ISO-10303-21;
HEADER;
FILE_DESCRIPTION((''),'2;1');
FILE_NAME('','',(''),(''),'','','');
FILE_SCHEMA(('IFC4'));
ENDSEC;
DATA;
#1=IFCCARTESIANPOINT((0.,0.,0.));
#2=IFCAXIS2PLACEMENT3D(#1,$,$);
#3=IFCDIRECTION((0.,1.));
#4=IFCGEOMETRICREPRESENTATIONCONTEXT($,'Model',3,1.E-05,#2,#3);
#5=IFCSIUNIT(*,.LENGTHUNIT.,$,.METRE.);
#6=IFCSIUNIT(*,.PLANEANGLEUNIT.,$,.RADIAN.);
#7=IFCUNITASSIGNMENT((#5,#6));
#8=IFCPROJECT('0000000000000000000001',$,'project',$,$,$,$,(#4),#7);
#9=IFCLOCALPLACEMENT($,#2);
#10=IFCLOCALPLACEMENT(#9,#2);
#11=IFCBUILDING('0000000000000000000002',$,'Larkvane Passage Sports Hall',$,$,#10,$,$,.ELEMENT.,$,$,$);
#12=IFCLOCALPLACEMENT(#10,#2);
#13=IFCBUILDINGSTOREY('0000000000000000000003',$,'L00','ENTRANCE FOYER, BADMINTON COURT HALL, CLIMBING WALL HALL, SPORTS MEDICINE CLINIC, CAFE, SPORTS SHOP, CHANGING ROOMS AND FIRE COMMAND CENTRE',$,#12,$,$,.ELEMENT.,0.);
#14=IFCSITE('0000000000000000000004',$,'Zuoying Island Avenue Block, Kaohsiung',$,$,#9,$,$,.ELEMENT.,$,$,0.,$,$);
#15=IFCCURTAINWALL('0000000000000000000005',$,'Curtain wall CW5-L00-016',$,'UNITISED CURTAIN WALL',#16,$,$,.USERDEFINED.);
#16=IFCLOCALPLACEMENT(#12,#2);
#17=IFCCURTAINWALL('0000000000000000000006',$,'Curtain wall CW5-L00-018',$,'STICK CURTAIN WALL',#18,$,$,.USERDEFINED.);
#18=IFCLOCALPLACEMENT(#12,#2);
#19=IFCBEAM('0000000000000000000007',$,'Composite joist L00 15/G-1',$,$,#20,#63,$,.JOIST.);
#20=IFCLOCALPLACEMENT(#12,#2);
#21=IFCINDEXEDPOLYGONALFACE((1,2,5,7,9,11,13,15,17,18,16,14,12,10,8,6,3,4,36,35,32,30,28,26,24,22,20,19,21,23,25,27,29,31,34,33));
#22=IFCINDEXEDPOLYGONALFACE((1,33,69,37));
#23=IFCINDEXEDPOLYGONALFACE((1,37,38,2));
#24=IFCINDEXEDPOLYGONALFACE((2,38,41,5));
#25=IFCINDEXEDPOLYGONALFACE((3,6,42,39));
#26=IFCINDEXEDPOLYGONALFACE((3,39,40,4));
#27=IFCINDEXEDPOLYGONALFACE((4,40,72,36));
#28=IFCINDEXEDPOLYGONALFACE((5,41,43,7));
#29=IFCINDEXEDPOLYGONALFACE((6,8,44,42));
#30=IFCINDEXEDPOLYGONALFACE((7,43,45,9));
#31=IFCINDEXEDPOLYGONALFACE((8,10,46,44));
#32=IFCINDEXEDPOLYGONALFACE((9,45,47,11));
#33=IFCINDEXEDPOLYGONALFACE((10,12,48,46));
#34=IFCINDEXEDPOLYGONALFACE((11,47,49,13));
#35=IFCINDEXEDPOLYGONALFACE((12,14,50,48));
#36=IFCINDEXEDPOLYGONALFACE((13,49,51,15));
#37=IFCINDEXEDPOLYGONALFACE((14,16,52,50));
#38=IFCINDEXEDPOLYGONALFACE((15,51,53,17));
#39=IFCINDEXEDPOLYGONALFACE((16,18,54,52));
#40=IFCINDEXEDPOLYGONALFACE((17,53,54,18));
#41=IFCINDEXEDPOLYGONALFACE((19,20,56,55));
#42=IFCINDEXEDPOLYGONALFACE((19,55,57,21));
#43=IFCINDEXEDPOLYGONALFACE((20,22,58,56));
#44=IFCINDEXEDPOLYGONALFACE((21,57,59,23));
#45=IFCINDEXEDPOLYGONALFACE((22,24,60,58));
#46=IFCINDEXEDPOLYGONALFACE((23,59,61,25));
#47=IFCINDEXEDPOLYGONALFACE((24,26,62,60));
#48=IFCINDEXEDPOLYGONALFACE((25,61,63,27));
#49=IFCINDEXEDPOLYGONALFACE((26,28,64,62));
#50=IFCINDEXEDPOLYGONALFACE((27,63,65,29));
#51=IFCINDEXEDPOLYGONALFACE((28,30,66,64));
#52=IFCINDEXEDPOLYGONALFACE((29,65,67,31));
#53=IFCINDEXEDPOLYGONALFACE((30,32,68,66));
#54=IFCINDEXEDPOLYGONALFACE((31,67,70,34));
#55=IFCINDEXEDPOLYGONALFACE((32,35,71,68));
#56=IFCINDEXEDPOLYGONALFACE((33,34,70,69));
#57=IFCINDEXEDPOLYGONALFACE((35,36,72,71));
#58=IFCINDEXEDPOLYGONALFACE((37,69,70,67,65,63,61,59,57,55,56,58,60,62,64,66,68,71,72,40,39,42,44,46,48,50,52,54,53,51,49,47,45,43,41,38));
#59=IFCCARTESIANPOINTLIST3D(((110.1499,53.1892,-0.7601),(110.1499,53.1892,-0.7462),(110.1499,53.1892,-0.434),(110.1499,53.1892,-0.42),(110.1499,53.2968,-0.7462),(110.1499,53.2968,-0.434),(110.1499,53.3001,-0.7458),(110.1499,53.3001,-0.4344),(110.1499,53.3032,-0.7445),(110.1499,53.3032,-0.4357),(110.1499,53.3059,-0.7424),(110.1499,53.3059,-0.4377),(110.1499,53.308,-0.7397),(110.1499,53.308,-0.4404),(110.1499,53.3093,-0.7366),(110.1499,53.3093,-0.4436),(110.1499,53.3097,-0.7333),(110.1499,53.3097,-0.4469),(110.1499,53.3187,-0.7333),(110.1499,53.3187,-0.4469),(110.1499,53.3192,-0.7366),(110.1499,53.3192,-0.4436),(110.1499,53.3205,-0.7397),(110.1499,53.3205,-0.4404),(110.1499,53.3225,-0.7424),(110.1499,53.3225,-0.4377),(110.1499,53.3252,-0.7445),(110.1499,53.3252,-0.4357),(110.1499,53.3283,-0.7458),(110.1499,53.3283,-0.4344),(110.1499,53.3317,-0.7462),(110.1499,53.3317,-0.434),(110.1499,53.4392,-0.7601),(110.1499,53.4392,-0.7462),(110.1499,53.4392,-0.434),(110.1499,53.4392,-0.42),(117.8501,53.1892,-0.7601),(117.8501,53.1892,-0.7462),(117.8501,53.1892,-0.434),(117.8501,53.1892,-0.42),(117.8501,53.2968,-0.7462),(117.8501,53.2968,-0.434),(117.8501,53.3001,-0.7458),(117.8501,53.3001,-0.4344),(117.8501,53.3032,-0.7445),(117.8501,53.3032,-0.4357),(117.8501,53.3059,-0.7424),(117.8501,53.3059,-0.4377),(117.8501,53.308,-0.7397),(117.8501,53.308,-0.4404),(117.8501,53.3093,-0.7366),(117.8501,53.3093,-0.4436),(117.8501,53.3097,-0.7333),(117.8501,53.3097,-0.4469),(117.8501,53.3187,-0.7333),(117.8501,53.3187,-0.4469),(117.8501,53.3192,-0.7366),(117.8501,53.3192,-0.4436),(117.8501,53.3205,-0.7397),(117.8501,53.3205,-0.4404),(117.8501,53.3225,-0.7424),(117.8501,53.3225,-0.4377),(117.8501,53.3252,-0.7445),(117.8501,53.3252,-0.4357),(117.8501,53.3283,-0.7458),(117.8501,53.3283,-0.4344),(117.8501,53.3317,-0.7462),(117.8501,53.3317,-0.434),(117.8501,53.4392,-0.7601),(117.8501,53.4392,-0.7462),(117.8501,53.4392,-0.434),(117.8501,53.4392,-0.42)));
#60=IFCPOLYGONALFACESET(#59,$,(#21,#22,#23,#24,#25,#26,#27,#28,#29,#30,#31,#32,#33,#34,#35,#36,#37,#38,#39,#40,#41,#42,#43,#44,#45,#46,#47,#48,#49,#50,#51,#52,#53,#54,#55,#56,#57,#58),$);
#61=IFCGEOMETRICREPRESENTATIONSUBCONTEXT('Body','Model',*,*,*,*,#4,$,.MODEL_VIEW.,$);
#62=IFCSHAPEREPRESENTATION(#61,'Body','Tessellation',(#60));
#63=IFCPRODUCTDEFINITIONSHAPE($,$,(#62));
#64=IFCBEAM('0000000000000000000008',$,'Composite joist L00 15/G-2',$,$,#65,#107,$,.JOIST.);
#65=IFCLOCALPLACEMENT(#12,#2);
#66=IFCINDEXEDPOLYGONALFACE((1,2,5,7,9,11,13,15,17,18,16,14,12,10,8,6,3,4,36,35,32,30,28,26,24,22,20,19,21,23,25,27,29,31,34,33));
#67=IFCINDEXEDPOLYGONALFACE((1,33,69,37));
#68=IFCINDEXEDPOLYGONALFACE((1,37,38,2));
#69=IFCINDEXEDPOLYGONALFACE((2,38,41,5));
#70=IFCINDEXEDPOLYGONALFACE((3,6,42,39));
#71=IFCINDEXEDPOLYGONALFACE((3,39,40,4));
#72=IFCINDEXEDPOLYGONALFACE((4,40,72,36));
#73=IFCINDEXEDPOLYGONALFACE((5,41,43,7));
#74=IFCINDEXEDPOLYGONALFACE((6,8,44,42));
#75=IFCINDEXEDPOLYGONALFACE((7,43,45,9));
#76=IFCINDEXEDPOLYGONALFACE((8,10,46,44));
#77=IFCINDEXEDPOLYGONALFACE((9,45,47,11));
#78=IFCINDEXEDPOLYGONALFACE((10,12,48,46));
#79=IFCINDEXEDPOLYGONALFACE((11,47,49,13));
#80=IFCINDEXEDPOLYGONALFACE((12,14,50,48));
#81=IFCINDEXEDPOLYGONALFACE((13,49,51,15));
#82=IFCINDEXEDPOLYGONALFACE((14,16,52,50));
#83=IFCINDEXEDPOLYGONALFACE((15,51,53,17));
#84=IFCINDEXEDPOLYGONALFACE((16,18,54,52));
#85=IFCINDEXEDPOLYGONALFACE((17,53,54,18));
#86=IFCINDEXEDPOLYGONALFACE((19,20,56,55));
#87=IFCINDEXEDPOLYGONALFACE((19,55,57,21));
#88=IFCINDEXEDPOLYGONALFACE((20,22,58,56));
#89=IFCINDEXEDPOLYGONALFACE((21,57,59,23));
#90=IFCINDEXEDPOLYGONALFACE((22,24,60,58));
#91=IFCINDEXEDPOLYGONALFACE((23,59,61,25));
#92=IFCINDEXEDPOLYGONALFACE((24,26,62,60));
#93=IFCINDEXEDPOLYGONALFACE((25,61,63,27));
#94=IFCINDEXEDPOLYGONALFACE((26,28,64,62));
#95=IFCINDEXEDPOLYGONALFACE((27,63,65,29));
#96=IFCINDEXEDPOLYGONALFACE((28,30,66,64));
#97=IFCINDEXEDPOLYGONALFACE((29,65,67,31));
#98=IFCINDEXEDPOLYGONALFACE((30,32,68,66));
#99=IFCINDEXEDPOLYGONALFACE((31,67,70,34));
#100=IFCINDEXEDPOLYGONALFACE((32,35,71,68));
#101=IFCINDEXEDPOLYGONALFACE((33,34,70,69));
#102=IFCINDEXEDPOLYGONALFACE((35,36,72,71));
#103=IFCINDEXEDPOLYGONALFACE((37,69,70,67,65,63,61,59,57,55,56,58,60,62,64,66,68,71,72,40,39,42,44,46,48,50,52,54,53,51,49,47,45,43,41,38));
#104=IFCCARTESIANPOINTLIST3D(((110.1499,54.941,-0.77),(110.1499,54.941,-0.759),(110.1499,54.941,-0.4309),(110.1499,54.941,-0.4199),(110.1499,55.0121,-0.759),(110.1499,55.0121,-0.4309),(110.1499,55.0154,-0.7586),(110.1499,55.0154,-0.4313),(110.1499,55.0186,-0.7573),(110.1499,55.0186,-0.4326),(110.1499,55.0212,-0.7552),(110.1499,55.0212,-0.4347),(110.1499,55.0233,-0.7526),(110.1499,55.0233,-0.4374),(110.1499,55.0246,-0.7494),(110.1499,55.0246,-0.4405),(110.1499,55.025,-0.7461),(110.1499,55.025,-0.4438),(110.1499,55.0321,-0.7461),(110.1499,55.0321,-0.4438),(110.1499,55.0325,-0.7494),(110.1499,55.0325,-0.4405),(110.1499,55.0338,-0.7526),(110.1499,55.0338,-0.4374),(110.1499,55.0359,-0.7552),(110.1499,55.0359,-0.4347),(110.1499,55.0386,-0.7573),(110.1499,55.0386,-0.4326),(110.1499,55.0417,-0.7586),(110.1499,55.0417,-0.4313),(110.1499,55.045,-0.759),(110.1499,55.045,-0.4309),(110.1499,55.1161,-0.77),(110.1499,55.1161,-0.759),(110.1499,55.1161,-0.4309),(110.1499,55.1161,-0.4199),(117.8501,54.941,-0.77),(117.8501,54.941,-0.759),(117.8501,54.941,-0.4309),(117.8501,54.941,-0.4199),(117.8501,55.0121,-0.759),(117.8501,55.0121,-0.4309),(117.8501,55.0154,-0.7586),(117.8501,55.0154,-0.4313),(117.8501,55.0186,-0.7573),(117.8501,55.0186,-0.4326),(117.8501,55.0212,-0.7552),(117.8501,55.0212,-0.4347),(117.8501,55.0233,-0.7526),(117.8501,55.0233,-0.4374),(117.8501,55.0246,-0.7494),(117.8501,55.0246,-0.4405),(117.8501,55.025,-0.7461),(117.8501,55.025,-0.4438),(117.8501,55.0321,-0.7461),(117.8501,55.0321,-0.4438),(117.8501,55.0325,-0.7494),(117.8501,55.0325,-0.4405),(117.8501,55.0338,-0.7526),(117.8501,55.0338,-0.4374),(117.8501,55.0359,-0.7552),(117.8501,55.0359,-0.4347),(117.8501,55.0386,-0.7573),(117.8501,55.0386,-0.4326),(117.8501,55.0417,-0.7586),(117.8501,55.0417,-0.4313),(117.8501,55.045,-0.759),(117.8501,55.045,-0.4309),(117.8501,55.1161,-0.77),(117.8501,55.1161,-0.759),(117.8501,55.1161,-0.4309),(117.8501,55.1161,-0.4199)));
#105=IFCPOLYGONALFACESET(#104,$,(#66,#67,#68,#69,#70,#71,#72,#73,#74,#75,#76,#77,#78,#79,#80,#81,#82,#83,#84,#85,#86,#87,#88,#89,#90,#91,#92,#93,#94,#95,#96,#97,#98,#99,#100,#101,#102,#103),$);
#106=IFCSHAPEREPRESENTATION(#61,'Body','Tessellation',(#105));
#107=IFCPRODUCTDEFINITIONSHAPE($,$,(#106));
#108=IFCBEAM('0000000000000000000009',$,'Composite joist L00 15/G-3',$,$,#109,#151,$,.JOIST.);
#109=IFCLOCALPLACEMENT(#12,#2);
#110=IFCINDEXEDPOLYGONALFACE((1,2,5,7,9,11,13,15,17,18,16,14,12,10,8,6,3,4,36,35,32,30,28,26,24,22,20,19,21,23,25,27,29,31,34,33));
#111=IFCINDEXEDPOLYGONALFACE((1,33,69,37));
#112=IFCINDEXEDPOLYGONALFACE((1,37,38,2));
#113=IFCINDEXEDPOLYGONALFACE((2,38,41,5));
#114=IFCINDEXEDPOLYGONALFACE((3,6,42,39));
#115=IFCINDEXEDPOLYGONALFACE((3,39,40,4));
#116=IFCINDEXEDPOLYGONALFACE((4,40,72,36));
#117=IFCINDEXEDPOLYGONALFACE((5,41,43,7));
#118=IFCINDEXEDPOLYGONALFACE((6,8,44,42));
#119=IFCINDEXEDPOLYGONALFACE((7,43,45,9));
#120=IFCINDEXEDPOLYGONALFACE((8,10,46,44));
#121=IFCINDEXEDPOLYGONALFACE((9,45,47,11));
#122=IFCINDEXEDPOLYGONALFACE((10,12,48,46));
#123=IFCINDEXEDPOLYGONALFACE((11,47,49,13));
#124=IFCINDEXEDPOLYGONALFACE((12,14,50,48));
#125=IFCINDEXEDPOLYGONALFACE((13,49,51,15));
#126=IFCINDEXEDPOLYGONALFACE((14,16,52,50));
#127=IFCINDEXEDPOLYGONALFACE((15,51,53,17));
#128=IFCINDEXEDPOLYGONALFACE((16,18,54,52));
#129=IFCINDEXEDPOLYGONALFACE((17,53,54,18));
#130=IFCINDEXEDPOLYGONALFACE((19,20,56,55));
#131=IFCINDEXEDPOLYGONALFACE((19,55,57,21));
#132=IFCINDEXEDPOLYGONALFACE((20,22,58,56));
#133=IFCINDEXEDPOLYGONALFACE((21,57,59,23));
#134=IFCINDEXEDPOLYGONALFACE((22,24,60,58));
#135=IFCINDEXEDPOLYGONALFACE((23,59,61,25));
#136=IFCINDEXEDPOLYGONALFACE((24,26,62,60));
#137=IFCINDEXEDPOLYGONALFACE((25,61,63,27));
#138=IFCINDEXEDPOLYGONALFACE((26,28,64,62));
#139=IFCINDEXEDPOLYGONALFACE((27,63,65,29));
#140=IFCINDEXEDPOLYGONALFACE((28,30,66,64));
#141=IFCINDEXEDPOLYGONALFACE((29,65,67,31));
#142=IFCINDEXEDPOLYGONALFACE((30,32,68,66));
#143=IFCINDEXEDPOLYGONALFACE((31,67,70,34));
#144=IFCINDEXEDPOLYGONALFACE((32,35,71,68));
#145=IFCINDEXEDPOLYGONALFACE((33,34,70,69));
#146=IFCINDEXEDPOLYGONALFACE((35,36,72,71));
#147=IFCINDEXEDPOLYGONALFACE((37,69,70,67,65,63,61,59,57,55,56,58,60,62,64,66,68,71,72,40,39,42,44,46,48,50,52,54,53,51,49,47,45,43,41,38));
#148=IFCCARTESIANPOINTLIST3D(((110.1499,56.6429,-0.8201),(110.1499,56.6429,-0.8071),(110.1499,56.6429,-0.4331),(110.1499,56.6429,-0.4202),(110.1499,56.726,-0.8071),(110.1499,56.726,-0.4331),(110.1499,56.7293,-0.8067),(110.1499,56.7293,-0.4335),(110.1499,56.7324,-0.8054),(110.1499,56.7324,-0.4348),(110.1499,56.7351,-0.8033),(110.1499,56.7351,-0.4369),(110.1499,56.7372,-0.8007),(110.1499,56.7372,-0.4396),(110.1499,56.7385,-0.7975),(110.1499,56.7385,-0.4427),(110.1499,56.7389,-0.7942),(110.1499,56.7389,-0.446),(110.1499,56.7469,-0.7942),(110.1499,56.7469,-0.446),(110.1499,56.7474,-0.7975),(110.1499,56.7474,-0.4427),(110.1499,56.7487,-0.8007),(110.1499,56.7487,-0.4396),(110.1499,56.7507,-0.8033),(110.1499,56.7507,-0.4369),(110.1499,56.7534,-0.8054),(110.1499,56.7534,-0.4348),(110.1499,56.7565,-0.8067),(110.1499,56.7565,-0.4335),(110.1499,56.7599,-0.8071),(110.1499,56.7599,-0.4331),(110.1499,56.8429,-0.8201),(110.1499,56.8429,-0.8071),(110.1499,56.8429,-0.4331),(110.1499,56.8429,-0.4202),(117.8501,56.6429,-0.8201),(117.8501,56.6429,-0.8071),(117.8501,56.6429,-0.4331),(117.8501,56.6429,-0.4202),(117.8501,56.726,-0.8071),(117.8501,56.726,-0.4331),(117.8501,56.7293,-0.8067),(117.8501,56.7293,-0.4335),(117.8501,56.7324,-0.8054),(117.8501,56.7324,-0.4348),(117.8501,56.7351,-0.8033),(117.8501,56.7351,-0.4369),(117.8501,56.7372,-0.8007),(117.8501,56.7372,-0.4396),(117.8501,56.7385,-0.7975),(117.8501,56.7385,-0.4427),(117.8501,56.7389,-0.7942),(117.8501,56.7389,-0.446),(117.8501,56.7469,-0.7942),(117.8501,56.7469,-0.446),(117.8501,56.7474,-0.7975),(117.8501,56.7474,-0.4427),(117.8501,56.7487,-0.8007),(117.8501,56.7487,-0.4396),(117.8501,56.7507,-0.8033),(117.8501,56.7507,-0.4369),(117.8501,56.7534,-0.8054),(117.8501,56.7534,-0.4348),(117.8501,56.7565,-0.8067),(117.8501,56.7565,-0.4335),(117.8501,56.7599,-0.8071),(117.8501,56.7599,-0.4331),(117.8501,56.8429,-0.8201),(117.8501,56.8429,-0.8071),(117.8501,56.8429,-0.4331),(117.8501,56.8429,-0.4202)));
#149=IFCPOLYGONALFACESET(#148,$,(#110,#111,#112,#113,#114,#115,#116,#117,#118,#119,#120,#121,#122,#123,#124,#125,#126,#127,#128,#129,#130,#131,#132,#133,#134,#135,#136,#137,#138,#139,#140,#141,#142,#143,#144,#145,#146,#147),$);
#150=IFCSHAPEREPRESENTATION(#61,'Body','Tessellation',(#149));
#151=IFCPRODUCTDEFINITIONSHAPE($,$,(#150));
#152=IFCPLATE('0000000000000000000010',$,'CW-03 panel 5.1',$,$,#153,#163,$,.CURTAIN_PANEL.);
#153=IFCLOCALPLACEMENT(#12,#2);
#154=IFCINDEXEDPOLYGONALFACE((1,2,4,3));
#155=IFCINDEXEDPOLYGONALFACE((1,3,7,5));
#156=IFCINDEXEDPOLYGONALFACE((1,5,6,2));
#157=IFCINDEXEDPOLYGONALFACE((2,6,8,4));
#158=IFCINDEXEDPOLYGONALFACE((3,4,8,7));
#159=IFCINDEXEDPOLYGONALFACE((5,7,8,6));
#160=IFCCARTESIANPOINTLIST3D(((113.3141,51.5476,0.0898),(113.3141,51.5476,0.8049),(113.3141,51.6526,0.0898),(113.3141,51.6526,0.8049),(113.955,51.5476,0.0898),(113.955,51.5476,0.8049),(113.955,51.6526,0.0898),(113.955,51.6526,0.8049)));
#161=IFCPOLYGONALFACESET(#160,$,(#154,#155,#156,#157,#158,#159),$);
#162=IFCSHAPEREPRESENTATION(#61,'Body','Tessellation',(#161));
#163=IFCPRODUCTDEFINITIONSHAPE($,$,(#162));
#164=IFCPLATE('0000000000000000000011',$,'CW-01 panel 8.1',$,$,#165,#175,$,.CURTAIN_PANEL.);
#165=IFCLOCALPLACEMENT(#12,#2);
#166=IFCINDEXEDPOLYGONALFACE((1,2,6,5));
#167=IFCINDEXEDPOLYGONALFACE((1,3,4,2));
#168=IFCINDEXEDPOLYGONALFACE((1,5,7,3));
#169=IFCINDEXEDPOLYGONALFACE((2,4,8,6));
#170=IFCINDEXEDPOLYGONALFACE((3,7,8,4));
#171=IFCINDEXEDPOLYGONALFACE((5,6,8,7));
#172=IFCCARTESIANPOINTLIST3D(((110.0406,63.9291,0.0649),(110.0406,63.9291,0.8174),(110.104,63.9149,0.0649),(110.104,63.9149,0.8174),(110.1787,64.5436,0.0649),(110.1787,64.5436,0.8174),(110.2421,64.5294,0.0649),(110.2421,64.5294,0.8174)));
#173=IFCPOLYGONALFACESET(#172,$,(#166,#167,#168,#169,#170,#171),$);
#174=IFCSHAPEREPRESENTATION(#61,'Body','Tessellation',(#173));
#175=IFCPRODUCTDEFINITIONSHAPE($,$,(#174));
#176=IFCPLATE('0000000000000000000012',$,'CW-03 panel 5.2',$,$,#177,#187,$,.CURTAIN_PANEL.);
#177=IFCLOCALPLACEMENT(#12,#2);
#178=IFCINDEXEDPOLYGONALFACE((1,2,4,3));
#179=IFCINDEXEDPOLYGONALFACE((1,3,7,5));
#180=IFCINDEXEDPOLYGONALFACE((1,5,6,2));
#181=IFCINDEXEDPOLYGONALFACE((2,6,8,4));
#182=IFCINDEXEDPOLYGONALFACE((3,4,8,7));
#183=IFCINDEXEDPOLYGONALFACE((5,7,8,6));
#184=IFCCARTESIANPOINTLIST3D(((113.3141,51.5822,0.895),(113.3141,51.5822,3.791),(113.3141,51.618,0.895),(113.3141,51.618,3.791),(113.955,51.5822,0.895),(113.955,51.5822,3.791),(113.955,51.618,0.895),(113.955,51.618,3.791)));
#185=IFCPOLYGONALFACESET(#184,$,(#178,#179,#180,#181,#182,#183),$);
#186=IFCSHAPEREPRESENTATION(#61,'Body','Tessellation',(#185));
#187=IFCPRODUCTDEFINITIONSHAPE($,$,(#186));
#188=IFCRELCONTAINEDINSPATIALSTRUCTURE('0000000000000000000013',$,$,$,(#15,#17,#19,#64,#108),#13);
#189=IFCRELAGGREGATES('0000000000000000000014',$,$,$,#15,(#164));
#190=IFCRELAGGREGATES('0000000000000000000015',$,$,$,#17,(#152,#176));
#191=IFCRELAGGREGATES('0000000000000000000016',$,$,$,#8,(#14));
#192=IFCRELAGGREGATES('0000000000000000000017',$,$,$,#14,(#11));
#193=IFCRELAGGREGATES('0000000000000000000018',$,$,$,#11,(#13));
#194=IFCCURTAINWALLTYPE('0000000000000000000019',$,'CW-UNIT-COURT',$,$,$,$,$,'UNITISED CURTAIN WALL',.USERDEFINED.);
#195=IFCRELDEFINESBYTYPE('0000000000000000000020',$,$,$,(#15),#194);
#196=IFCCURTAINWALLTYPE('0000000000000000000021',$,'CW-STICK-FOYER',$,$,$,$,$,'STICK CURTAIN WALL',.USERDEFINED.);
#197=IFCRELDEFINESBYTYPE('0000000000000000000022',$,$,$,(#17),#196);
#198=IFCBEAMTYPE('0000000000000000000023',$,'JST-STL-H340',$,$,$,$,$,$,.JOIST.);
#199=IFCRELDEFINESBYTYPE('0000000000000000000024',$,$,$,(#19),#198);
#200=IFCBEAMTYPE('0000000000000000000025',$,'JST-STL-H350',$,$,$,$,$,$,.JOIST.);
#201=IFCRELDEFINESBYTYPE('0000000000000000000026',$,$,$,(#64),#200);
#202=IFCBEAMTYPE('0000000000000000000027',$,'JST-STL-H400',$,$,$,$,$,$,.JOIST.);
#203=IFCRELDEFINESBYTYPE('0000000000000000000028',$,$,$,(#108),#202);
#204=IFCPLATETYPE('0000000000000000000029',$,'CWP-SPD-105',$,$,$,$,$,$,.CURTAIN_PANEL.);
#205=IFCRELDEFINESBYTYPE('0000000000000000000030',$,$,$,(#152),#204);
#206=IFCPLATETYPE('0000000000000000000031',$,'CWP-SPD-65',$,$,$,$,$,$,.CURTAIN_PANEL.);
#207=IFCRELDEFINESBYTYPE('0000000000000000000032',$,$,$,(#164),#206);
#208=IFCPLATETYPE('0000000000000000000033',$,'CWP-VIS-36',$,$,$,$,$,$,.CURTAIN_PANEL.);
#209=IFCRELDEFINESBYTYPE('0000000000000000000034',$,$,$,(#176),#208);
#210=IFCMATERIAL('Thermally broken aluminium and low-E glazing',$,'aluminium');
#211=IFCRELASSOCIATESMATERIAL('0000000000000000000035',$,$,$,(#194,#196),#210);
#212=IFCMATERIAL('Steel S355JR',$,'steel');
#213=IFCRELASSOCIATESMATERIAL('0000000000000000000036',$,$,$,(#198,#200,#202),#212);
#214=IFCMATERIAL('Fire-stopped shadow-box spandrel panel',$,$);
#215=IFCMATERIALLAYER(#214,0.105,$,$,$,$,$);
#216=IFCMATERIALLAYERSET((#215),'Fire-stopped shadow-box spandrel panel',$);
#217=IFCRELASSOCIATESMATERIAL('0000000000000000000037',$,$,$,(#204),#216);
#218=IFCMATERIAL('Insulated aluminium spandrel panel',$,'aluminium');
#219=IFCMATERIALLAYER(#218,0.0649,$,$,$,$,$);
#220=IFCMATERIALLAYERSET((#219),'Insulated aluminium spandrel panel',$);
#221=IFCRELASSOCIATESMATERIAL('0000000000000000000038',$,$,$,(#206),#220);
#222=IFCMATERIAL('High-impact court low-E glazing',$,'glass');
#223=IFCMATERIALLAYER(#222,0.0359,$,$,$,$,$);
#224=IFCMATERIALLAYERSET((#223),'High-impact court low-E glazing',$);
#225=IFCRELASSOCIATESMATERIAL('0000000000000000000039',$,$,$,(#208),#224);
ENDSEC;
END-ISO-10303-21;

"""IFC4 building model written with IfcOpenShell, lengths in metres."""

from ifc_helpers import new_model, si_unit, direction, frame, origin, origin_2d, place, context, subcontext, project, spatial, rectangle, i_section, extrude, material, layer, layer_set, material_profile, profile_set, type_object, element, aggregate, save


model = new_model("IFC4")

# Units and contexts
model_context = context("Model", 3, precision=1e-05, world=origin(), true_north=direction((0.0, 1.0)))
body_context = subcontext(model_context, "Body", "Model", "MODEL_VIEW")
ifc_project = project(units=[si_unit("LENGTHUNIT", "METRE"), si_unit("PLANEANGLEUNIT", "RADIAN")], contexts=[model_context])

# Site, building, storey
site_placement = place(None, origin())
site = spatial("IfcSite", under=ifc_project, at=site_placement, Name="Zuoying Island Avenue Block, Kaohsiung", CompositionType="ELEMENT", RefElevation=0.0)
building_placement = place(site_placement, origin())
building = spatial("IfcBuilding", under=site, at=building_placement, Name="Larkvane Passage Sports Hall", CompositionType="ELEMENT")
storey_placement = place(building_placement, origin())
storey = spatial("IfcBuildingStorey", under=building, at=storey_placement, Name="L00", Description="ENTRANCE FOYER, BADMINTON COURT HALL, CLIMBING WALL HALL, SPORTS MEDICINE CLINIC, CAFE, SPORTS SHOP, CHANGING ROOMS AND FIRE COMMAND CENTRE", CompositionType="ELEMENT", Elevation=0.0)

# Curtain wall
ifc_material_1 = material(Name="Thermally broken aluminium and low-E glazing", Category="aluminium")
curtain_wall_type_1 = type_object("IfcCurtainWallType", Name="CW-UNIT-COURT", ElementType="UNITISED CURTAIN WALL", PredefinedType="USERDEFINED", material=ifc_material_1)
curtain_wall_1_placement = place(storey_placement, origin())
curtain_wall_1 = element("IfcCurtainWall", 1, at=curtain_wall_1_placement, inside=storey, type_object=curtain_wall_type_1, Name="Curtain wall CW5-L00-016", ObjectType="UNITISED CURTAIN WALL", PredefinedType="USERDEFINED")

# Curtain wall
curtain_wall_type_2 = type_object("IfcCurtainWallType", Name="CW-STICK-FOYER", ElementType="STICK CURTAIN WALL", PredefinedType="USERDEFINED", material=ifc_material_1)
curtain_wall_2_placement = place(storey_placement, origin())
curtain_wall_2 = element("IfcCurtainWall", 2, at=curtain_wall_2_placement, inside=storey, type_object=curtain_wall_type_2, Name="Curtain wall CW5-L00-018", ObjectType="STICK CURTAIN WALL", PredefinedType="USERDEFINED")

# Beams
ifc_material_2 = material(Name="Steel S355JR", Category="steel")
ifc_material_profile_1 = material_profile(ifc_material_2, i_section(OverallWidth=0.25, OverallDepth=0.3401, WebThickness=0.009, FlangeThickness=0.0139, FilletRadius=0.0129, at=origin_2d()), Name="H-340x250x9x14")
ifc_profile_set_1 = profile_set([ifc_material_profile_1], Name="Steel S355JR")
beam_type_1 = type_object("IfcBeamType", Name="JST-STL-H340", PredefinedType="JOIST", material=ifc_profile_set_1)
beam_1_placement = place(storey_placement, frame((110.1499, 53.3142, -0.5901), z_axis=(1.0, 0.0, 0.0), x_axis=(0.0, 1.0, 0.0)))
element("IfcBeam", 3, at=beam_1_placement, inside=storey, type_object=beam_type_1, Name="Composite joist L00 15/G-1", PredefinedType="JOIST", context=body_context, shape_type="SweptSolid", body=[
    extrude(i_section(OverallWidth=0.25, OverallDepth=0.3401, WebThickness=0.009, FlangeThickness=0.0139, FilletRadius=0.0129, at=origin_2d()), origin(), (0.0, 0.0, 1.0), 7.7002),
])
ifc_material_profile_2 = material_profile(ifc_material_2, i_section(OverallWidth=0.175, OverallDepth=0.3501, WebThickness=0.0071, FlangeThickness=0.011, FilletRadius=0.0129, at=origin_2d()), Name="H-350x175x7x11")
ifc_profile_set_2 = profile_set([ifc_material_profile_2], Name="Steel S355JR")
beam_type_2 = type_object("IfcBeamType", Name="JST-STL-H350", PredefinedType="JOIST", material=ifc_profile_set_2)
beam_2_placement = place(storey_placement, frame((110.1499, 55.0286, -0.595), z_axis=(1.0, 0.0, 0.0), x_axis=(0.0, 1.0, 0.0)))
element("IfcBeam", 4, at=beam_2_placement, inside=storey, type_object=beam_type_2, Name="Composite joist L00 15/G-2", PredefinedType="JOIST", context=body_context, shape_type="SweptSolid", body=[
    extrude(i_section(OverallWidth=0.175, OverallDepth=0.3501, WebThickness=0.0071, FlangeThickness=0.011, FilletRadius=0.0129, at=origin_2d()), origin(), (0.0, 0.0, 1.0), 7.7002),
])
ifc_material_profile_3 = material_profile(ifc_material_2, i_section(OverallWidth=0.2, OverallDepth=0.3999, WebThickness=0.0081, FlangeThickness=0.0129, FilletRadius=0.0129, at=origin_2d()), Name="H-400x200x8x13")
ifc_profile_set_3 = profile_set([ifc_material_profile_3], Name="Steel S355JR")
beam_type_3 = type_object("IfcBeamType", Name="JST-STL-H400", PredefinedType="JOIST", material=ifc_profile_set_3)
beam_3_placement = place(storey_placement, frame((110.1499, 56.7429, -0.6201), z_axis=(1.0, 0.0, 0.0), x_axis=(0.0, 1.0, 0.0)))
element("IfcBeam", 5, at=beam_3_placement, inside=storey, type_object=beam_type_3, Name="Composite joist L00 15/G-3", PredefinedType="JOIST", context=body_context, shape_type="SweptSolid", body=[
    extrude(i_section(OverallWidth=0.2, OverallDepth=0.3999, WebThickness=0.0081, FlangeThickness=0.0129, FilletRadius=0.0129, at=origin_2d()), origin(), (0.0, 0.0, 1.0), 7.7002),
])

# Plates
ifc_material_3 = material(Name="Fire-stopped shadow-box spandrel panel")
ifc_layer_1 = layer(ifc_material_3, 0.105)
ifc_layer_set_1 = layer_set([ifc_layer_1], Name="Fire-stopped shadow-box spandrel panel")
plate_type_1 = type_object("IfcPlateType", Name="CWP-SPD-105", PredefinedType="CURTAIN_PANEL", material=ifc_layer_set_1)
plate_1_placement = place(storey_placement, frame((113.6345, 51.6001, 0.0898), z_axis=(0.0, 0.0, 1.0), x_axis=(1.0, 0.0, 0.0)))
plate_1 = element("IfcPlate", 6, at=plate_1_placement, type_object=plate_type_1, Name="CW-03 panel 5.1", PredefinedType="CURTAIN_PANEL", context=body_context, shape_type="SweptSolid", body=[
    extrude(rectangle(XDim=0.6409, YDim=0.105, at=origin_2d()), origin(), (0.0, 0.0, 1.0), 0.7151),
])
ifc_material_4 = material(Name="Insulated aluminium spandrel panel", Category="aluminium")
ifc_layer_2 = layer(ifc_material_4, 0.0649)
ifc_layer_set_2 = layer_set([ifc_layer_2], Name="Insulated aluminium spandrel panel")
plate_type_2 = type_object("IfcPlateType", Name="CWP-SPD-65", PredefinedType="CURTAIN_PANEL", material=ifc_layer_set_2)
plate_2_placement = place(storey_placement, frame((110.1414, 64.2292, 0.0649), z_axis=(0.0, 0.0, 1.0), x_axis=(-0.219261, -0.975666, 0.0)))
plate_2 = element("IfcPlate", 7, at=plate_2_placement, type_object=plate_type_2, Name="CW-01 panel 8.1", PredefinedType="CURTAIN_PANEL", context=body_context, shape_type="SweptSolid", body=[
    extrude(rectangle(XDim=0.6299, YDim=0.0649, at=origin_2d()), origin(), (0.0, 0.0, 1.0), 0.7524),
])
aggregate(curtain_wall_1, [plate_2])
ifc_material_5 = material(Name="High-impact court low-E glazing", Category="glass")
ifc_layer_3 = layer(ifc_material_5, 0.0359)
ifc_layer_set_3 = layer_set([ifc_layer_3], Name="High-impact court low-E glazing")
plate_type_3 = type_object("IfcPlateType", Name="CWP-VIS-36", PredefinedType="CURTAIN_PANEL", material=ifc_layer_set_3)
plate_3_placement = place(storey_placement, frame((113.6345, 51.6001, 0.895), z_axis=(0.0, 0.0, 1.0), x_axis=(1.0, 0.0, 0.0)))
plate_3 = element("IfcPlate", 8, at=plate_3_placement, type_object=plate_type_3, Name="CW-03 panel 5.2", PredefinedType="CURTAIN_PANEL", context=body_context, shape_type="SweptSolid", body=[
    extrude(rectangle(XDim=0.6409, YDim=0.0359, at=origin_2d()), origin(), (0.0, 0.0, 1.0), 2.896),
])
aggregate(curtain_wall_2, [plate_1, plate_3])

save(model, "model.ifc")
